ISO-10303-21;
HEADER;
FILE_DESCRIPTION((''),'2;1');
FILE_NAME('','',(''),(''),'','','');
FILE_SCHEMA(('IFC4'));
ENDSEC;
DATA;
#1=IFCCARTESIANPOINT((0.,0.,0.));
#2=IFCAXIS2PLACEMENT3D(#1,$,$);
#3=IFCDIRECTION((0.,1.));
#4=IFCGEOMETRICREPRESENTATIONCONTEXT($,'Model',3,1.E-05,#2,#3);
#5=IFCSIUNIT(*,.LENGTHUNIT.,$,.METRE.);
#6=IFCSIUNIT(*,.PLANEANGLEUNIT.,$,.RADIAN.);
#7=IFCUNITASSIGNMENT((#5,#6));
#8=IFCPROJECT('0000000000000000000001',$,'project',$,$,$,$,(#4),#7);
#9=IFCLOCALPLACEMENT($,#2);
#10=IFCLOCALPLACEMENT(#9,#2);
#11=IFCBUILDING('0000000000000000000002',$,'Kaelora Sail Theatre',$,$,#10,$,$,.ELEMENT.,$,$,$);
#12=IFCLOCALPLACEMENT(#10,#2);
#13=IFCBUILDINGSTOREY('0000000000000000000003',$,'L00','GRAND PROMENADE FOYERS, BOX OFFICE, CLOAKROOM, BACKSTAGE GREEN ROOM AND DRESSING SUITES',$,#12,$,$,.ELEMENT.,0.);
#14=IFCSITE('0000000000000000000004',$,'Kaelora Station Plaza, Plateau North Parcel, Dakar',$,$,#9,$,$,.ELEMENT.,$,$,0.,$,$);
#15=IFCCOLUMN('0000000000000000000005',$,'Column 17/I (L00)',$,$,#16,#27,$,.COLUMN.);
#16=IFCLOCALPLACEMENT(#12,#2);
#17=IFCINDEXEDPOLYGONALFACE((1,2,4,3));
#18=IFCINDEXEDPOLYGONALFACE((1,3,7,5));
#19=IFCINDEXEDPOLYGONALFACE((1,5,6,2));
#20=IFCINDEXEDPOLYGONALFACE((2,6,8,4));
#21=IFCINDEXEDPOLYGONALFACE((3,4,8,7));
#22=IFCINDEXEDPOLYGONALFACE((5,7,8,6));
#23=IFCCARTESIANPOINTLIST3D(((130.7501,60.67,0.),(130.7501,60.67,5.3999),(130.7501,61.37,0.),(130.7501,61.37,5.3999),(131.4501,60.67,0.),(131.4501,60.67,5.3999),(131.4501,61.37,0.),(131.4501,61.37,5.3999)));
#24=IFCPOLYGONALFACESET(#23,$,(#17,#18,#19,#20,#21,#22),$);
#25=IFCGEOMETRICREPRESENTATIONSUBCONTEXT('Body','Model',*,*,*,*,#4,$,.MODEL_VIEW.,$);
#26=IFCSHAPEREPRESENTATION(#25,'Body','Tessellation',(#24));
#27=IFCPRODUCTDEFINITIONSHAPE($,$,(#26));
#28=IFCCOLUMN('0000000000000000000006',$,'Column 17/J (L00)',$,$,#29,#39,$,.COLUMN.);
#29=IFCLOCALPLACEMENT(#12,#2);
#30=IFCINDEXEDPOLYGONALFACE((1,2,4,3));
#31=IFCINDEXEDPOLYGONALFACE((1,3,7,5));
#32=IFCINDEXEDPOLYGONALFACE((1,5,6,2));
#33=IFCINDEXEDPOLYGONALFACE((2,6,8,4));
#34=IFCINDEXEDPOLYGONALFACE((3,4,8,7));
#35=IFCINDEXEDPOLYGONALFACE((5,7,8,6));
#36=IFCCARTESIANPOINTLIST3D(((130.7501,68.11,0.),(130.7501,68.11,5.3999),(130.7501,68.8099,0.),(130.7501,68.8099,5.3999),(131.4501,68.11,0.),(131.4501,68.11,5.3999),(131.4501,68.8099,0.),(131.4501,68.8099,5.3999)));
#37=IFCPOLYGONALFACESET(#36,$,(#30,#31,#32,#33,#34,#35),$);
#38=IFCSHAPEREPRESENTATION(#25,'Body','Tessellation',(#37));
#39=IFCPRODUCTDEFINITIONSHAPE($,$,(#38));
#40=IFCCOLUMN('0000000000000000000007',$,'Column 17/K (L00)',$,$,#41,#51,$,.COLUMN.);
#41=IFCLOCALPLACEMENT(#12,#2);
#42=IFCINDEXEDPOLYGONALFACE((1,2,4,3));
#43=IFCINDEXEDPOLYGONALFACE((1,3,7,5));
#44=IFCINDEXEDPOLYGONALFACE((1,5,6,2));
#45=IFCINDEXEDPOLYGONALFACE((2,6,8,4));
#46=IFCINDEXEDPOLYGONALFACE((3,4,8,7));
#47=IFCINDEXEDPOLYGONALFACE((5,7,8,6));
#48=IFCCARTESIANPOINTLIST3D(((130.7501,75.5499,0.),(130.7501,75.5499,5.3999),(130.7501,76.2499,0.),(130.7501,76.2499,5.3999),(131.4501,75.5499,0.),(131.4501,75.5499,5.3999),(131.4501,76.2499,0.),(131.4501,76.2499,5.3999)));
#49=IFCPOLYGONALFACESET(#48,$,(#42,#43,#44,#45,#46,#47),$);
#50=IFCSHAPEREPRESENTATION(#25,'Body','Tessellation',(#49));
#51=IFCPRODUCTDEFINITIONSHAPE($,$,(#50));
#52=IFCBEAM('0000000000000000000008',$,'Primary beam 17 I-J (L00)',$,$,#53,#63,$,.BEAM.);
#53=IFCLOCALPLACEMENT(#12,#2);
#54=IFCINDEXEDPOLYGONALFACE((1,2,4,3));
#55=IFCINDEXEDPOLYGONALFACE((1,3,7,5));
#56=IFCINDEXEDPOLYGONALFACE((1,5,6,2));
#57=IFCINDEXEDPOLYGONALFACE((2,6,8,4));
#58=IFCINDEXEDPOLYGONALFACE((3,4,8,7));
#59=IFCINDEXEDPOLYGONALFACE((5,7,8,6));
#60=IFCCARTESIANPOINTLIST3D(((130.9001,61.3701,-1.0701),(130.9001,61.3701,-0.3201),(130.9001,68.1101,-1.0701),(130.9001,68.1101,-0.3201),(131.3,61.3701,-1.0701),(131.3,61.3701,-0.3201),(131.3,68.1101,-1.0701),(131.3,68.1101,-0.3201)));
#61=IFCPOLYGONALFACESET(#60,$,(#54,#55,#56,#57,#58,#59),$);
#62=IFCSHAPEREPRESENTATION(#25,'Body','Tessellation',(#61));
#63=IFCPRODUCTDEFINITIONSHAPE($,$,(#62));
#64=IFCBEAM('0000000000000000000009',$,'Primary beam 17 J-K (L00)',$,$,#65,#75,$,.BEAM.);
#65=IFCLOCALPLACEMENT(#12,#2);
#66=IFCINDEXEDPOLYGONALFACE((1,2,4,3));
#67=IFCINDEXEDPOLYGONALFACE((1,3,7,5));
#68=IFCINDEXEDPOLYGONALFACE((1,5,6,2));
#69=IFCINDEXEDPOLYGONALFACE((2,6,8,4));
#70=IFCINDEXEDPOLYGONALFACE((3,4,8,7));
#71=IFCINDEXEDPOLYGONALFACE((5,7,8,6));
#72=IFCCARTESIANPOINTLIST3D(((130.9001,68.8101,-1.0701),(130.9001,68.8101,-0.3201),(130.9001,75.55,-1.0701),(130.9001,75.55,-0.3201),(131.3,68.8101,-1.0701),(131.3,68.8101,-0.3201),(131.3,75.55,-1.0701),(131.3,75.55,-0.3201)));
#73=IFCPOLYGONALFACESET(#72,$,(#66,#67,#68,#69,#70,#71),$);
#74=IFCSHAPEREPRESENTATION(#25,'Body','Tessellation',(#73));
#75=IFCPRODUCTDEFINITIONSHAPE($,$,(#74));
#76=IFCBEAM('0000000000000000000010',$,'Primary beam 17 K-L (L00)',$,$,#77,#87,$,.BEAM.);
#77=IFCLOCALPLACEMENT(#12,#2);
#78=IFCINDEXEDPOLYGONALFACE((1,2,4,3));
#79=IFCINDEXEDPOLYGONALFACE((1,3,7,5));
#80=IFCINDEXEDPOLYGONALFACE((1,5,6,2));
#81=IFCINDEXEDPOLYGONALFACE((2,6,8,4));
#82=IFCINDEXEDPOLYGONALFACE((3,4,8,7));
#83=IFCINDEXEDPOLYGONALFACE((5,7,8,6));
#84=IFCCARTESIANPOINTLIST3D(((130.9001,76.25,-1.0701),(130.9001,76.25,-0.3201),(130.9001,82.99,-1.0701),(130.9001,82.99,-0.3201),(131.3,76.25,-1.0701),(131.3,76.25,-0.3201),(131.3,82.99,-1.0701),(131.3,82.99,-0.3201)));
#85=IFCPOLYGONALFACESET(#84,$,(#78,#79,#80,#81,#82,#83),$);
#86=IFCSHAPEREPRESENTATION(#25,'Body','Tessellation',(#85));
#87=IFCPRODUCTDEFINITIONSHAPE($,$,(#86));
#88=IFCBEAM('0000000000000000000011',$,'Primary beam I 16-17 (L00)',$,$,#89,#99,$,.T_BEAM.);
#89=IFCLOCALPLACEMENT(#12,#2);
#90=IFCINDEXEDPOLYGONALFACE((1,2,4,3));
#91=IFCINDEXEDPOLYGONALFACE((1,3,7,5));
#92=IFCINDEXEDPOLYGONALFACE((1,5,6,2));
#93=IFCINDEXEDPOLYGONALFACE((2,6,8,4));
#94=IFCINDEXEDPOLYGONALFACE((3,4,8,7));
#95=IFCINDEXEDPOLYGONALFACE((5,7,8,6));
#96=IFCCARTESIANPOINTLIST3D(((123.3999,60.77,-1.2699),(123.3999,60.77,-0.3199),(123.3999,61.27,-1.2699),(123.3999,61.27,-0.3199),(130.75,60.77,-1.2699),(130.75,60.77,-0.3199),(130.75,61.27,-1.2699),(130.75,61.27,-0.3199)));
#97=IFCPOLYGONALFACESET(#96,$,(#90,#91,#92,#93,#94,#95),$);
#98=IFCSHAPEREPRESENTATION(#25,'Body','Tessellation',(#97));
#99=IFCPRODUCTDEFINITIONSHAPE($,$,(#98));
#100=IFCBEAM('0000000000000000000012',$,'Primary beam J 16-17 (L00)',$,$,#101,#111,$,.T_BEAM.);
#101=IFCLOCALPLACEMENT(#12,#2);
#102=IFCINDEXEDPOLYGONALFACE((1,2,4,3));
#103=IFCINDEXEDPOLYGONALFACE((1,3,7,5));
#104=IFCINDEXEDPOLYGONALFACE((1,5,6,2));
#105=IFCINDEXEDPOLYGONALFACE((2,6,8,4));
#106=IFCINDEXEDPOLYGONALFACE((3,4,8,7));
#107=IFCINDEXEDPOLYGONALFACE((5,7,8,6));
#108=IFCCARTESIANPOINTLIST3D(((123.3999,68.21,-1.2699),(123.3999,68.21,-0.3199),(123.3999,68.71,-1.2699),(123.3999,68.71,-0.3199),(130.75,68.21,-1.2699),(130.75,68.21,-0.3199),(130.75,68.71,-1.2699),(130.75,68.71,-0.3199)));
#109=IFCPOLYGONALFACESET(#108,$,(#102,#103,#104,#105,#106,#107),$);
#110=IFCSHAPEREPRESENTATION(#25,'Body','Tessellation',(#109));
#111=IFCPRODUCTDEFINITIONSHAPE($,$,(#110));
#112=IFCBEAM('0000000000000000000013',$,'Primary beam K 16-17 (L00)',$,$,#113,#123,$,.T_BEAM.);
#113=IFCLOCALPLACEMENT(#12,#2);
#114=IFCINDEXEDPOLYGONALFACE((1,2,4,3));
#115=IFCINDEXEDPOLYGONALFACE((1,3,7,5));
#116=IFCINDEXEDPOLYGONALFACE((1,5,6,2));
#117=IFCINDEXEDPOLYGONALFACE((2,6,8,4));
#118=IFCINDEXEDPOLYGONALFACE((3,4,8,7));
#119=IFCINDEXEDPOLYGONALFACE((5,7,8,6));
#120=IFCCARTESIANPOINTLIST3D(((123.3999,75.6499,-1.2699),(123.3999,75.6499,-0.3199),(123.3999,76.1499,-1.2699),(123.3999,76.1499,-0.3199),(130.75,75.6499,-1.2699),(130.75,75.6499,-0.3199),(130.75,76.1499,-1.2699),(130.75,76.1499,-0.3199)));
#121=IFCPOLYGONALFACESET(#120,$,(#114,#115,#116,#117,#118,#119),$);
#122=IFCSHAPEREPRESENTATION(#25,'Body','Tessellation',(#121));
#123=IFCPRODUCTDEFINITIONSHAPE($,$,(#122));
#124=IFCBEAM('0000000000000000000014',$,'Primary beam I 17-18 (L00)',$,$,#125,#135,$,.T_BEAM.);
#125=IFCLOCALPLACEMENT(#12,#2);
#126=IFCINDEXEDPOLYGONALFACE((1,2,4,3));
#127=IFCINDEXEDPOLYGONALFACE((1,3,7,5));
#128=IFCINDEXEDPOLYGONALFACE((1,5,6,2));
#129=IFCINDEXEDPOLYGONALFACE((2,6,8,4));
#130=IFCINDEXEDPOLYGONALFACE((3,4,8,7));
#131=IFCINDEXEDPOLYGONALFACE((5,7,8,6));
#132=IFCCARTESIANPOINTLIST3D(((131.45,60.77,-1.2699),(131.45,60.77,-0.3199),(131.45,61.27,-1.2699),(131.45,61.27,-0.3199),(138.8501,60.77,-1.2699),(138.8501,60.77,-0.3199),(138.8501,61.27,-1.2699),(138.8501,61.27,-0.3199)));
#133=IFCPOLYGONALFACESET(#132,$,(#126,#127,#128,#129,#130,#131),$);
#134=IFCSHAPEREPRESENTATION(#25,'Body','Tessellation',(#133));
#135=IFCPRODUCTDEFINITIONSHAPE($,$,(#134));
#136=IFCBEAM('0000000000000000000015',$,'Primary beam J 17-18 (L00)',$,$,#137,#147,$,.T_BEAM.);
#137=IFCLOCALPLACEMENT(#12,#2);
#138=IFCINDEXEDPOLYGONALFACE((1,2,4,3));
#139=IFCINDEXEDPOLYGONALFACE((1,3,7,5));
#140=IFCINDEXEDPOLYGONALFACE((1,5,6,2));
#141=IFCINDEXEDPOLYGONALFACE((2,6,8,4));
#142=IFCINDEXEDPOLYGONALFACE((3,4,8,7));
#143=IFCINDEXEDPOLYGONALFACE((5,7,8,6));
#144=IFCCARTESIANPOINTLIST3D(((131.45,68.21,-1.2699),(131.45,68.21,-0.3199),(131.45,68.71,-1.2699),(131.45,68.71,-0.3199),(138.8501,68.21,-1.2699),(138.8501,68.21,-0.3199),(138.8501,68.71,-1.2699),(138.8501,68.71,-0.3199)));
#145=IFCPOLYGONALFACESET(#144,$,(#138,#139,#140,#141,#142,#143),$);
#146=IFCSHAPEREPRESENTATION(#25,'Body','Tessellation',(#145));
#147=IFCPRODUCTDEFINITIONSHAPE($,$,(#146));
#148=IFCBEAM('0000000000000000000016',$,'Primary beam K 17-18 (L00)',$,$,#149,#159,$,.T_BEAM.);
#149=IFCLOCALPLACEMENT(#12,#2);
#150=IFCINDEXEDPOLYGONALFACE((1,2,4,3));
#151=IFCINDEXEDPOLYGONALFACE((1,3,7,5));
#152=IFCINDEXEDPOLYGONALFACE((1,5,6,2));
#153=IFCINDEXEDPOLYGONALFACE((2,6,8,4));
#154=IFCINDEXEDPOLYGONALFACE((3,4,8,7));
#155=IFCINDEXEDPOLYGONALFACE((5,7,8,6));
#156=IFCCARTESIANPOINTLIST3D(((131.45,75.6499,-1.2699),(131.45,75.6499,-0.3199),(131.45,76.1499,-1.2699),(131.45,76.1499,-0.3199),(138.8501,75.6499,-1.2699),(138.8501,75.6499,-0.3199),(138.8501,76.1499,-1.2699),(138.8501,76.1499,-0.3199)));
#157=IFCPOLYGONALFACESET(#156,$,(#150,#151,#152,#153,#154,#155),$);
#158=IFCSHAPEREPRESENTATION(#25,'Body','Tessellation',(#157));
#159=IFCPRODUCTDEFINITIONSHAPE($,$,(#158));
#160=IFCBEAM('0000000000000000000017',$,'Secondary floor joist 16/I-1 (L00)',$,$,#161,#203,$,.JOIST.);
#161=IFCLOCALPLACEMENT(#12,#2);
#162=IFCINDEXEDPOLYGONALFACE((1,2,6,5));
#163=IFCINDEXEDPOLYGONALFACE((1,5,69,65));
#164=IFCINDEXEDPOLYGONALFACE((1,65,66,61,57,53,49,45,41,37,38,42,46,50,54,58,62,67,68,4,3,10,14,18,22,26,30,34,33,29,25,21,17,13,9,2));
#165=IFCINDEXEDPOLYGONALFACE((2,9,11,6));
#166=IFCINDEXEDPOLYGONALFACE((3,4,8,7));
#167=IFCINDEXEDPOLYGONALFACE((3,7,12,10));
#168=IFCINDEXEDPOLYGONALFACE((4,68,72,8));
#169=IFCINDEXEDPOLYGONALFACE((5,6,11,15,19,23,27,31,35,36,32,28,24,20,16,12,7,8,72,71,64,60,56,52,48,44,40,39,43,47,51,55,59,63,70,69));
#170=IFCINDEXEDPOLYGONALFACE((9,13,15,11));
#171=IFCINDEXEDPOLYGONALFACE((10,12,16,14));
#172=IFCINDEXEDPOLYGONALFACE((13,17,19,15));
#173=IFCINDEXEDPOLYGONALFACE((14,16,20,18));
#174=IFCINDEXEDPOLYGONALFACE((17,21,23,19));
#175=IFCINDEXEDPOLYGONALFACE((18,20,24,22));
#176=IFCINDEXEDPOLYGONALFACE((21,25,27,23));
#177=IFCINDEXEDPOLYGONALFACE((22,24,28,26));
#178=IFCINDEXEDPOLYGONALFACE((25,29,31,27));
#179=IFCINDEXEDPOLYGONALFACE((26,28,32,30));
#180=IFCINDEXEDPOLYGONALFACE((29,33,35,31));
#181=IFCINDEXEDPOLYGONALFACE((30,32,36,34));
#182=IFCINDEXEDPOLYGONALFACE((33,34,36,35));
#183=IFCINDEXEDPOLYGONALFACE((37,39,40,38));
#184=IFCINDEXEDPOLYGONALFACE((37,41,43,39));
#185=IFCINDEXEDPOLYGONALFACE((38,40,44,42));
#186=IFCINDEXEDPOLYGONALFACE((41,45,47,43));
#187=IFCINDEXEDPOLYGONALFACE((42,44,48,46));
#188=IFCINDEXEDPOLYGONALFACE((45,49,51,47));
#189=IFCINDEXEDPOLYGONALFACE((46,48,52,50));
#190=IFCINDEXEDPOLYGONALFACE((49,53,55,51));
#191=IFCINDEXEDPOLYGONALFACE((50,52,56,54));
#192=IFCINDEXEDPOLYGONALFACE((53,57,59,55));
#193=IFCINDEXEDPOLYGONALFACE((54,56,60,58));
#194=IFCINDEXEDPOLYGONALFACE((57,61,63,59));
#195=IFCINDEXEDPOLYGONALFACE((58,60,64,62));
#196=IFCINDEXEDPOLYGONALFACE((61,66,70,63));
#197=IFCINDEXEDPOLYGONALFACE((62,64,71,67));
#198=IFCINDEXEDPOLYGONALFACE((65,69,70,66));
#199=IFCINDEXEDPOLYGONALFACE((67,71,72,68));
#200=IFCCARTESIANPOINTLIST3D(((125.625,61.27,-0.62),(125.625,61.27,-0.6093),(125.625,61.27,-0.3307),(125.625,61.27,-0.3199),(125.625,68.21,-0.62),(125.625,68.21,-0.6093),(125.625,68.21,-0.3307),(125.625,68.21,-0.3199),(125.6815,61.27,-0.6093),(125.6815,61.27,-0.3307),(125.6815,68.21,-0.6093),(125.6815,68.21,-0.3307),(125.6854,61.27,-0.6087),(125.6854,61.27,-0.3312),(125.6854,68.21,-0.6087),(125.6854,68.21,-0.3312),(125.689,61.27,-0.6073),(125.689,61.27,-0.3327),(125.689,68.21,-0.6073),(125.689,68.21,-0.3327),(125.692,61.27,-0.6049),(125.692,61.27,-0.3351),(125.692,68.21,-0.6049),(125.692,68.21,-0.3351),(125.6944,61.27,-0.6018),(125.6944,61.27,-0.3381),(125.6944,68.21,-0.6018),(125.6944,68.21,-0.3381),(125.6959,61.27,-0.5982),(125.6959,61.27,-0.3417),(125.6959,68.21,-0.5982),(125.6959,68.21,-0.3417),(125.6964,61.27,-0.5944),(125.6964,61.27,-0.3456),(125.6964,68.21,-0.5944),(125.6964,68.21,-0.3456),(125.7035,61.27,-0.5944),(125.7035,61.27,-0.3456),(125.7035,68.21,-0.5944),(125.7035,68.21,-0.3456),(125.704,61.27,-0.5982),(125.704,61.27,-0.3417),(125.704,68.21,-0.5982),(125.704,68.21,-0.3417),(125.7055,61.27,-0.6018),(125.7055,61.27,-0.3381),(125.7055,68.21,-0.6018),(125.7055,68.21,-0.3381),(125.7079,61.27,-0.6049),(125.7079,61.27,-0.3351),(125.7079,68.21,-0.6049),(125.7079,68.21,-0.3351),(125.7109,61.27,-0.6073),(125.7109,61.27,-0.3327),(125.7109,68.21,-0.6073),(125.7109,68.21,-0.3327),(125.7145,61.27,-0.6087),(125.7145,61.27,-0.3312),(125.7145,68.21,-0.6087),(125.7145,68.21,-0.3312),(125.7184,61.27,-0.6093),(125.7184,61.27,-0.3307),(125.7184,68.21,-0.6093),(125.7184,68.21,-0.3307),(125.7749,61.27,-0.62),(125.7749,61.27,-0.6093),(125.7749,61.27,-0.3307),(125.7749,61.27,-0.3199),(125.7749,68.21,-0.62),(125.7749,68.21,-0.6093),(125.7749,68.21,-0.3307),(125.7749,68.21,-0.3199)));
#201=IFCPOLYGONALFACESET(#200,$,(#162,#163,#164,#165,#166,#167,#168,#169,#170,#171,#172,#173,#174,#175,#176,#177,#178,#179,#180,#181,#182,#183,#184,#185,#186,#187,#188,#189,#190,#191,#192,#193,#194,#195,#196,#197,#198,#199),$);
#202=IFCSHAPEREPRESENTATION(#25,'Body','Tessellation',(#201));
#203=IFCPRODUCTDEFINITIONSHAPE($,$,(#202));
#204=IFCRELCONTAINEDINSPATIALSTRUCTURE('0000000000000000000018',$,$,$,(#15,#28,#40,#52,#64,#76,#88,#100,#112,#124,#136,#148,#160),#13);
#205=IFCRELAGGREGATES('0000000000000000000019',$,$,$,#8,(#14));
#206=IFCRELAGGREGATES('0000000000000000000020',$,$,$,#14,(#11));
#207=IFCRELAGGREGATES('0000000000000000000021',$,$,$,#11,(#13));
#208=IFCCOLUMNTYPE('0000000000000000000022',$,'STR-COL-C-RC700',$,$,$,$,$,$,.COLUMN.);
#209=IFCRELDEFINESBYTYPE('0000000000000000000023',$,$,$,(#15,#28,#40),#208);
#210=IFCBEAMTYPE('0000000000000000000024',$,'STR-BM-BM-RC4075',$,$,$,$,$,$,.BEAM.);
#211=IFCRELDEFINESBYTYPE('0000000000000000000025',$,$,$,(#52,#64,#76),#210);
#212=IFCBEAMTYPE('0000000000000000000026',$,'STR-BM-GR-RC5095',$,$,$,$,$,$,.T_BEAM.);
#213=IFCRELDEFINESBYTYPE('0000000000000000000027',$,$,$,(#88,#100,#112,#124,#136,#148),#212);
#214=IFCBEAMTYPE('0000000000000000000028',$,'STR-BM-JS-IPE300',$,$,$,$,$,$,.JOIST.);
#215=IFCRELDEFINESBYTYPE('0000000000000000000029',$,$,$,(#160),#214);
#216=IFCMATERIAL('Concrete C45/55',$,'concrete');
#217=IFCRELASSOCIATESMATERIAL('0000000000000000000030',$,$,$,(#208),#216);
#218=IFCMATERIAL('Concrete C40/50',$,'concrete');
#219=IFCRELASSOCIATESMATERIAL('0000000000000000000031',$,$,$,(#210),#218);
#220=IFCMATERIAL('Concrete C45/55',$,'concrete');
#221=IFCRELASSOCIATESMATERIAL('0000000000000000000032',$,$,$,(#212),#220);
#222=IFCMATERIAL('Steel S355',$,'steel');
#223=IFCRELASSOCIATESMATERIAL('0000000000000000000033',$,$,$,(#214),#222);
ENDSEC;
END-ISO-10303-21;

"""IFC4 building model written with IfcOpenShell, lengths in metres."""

from ifc_helpers import new_model, si_unit, direction, frame, origin, origin_2d, place, context, subcontext, project, spatial, rectangle, i_section, extrude, material, material_profile, profile_set, type_object, element, save


model = new_model("IFC4")

# Units and contexts
model_context = context("Model", 3, precision=1e-05, world=origin(), true_north=direction((0.0, 1.0)))
body_context = subcontext(model_context, "Body", "Model", "MODEL_VIEW")
ifc_project = project(units=[si_unit("LENGTHUNIT", "METRE"), si_unit("PLANEANGLEUNIT", "RADIAN")], contexts=[model_context])

# Site, building, storey
site_placement = place(None, origin())
site = spatial("IfcSite", under=ifc_project, at=site_placement, Name="Kaelora Station Plaza, Plateau North Parcel, Dakar", CompositionType="ELEMENT", RefElevation=0.0)
building_placement = place(site_placement, origin())
building = spatial("IfcBuilding", under=site, at=building_placement, Name="Kaelora Sail Theatre", CompositionType="ELEMENT")
storey_placement = place(building_placement, origin())
storey = spatial("IfcBuildingStorey", under=building, at=storey_placement, Name="L00", Description="GRAND PROMENADE FOYERS, BOX OFFICE, CLOAKROOM, BACKSTAGE GREEN ROOM AND DRESSING SUITES", CompositionType="ELEMENT", Elevation=0.0)

# Columns
ifc_material_1 = material(Name="Concrete C45/55", Category="concrete")
ifc_material_profile_1 = material_profile(ifc_material_1, rectangle(XDim=0.7, YDim=0.7, at=origin_2d()), Name="RC-COL 700x700")
ifc_profile_set_1 = profile_set([ifc_material_profile_1], Name="Concrete C45/55")
column_type = type_object("IfcColumnType", Name="STR-COL-C-RC700", PredefinedType="COLUMN", material=ifc_profile_set_1)
for number, where, z_axis, x_axis, name in (
    (1, (131.1001, 61.02, 0.0), (0.0, 0.0, 1.0), (1.0, 0.0, 0.0), "Column 17/I (L00)"),
    (2, (131.1001, 68.46, 0.0), (0.0, 0.0, 1.0), (1.0, 0.0, 0.0), "Column 17/J (L00)"),
    (3, (131.1001, 75.8999, 0.0), (0.0, 0.0, 1.0), (1.0, 0.0, 0.0), "Column 17/K (L00)"),
):
    element("IfcColumn", number, at=place(storey_placement, frame(where, z_axis=z_axis, x_axis=x_axis)), inside=storey, type_object=column_type, Name=name, PredefinedType="COLUMN", context=body_context, shape_type="SweptSolid", body=[
        extrude(rectangle(XDim=0.7, YDim=0.7, at=origin_2d()), origin(), (0.0, 0.0, 1.0), 5.3999),
    ])

# Beams
ifc_material_2 = material(Name="Concrete C40/50", Category="concrete")
ifc_material_profile_2 = material_profile(ifc_material_2, rectangle(XDim=0.3999, YDim=0.75, at=origin_2d()), Name="RC-BM 400x750")
ifc_profile_set_2 = profile_set([ifc_material_profile_2], Name="Concrete C40/50")
beam_type_1 = type_object("IfcBeamType", Name="STR-BM-BM-RC4075", PredefinedType="BEAM", material=ifc_profile_set_2)
for number, where, z_axis, x_axis, name in (
    (4, (131.1001, 61.3701, -0.6951), (0.0, 1.0, 0.0), (-1.0, 0.0, 0.0), "Primary beam 17 I-J (L00)"),
    (5, (131.1001, 68.8101, -0.6951), (0.0, 1.0, 0.0), (-1.0, 0.0, 0.0), "Primary beam 17 J-K (L00)"),
    (6, (131.1001, 76.25, -0.6951), (0.0, 1.0, 0.0), (-1.0, 0.0, 0.0), "Primary beam 17 K-L (L00)"),
):
    element("IfcBeam", number, at=place(storey_placement, frame(where, z_axis=z_axis, x_axis=x_axis)), inside=storey, type_object=beam_type_1, Name=name, PredefinedType="BEAM", context=body_context, shape_type="SweptSolid", body=[
        extrude(rectangle(XDim=0.3999, YDim=0.75, at=origin_2d()), origin(), (0.0, 0.0, 1.0), 6.74),
    ])
ifc_material_3 = material(Name="Concrete C45/55", Category="concrete")
ifc_material_profile_3 = material_profile(ifc_material_3, rectangle(XDim=0.5, YDim=0.95, at=origin_2d()), Name="RC-GRD 500x950")
ifc_profile_set_3 = profile_set([ifc_material_profile_3], Name="Concrete C45/55")
beam_type_2 = type_object("IfcBeamType", Name="STR-BM-GR-RC5095", PredefinedType="T_BEAM", material=ifc_profile_set_3)
for number, where, z_axis, x_axis, name in (
    (7, (123.3999, 61.02, -0.7949), (1.0, 0.0, 0.0), (0.0, 1.0, 0.0), "Primary beam I 16-17 (L00)"),
    (8, (123.3999, 68.46, -0.7949), (1.0, 0.0, 0.0), (0.0, 1.0, 0.0), "Primary beam J 16-17 (L00)"),
    (9, (123.3999, 75.8999, -0.7949), (1.0, 0.0, 0.0), (0.0, 1.0, 0.0), "Primary beam K 16-17 (L00)"),
):
    element("IfcBeam", number, at=place(storey_placement, frame(where, z_axis=z_axis, x_axis=x_axis)), inside=storey, type_object=beam_type_2, Name=name, PredefinedType="T_BEAM", context=body_context, shape_type="SweptSolid", body=[
        extrude(rectangle(XDim=0.5, YDim=0.95, at=origin_2d()), origin(), (0.0, 0.0, 1.0), 7.3501),
    ])
for number, where, z_axis, x_axis, name in (
    (10, (131.45, 61.02, -0.7949), (1.0, 0.0, 0.0), (0.0, 1.0, 0.0), "Primary beam I 17-18 (L00)"),
    (11, (131.45, 68.46, -0.7949), (1.0, 0.0, 0.0), (0.0, 1.0, 0.0), "Primary beam J 17-18 (L00)"),
    (12, (131.45, 75.8999, -0.7949), (1.0, 0.0, 0.0), (0.0, 1.0, 0.0), "Primary beam K 17-18 (L00)"),
):
    element("IfcBeam", number, at=place(storey_placement, frame(where, z_axis=z_axis, x_axis=x_axis)), inside=storey, type_object=beam_type_2, Name=name, PredefinedType="T_BEAM", context=body_context, shape_type="SweptSolid", body=[
        extrude(rectangle(XDim=0.5, YDim=0.95, at=origin_2d()), origin(), (0.0, 0.0, 1.0), 7.4001),
    ])
ifc_material_4 = material(Name="Steel S355", Category="steel")
ifc_material_profile_4 = material_profile(ifc_material_4, i_section(OverallWidth=0.1499, OverallDepth=0.3, WebThickness=0.0071, FlangeThickness=0.0107, FilletRadius=0.0149, at=origin_2d()), Name="IPE 300")
ifc_profile_set_4 = profile_set([ifc_material_profile_4], Name="Steel S355")
beam_type_3 = type_object("IfcBeamType", Name="STR-BM-JS-IPE300", PredefinedType="JOIST", material=ifc_profile_set_4)
beam_1_placement = place(storey_placement, frame((125.7, 61.27, -0.47), z_axis=(0.0, 1.0, 0.0), x_axis=(-1.0, 0.0, 0.0)))
element("IfcBeam", 13, at=beam_1_placement, inside=storey, type_object=beam_type_3, Name="Secondary floor joist 16/I-1 (L00)", PredefinedType="JOIST", context=body_context, shape_type="SweptSolid", body=[
    extrude(i_section(OverallWidth=0.1499, OverallDepth=0.3, WebThickness=0.0071, FlangeThickness=0.0107, FilletRadius=0.0149, at=origin_2d()), origin(), (0.0, 0.0, 1.0), 6.9399),
])

save(model, "model.ifc")
